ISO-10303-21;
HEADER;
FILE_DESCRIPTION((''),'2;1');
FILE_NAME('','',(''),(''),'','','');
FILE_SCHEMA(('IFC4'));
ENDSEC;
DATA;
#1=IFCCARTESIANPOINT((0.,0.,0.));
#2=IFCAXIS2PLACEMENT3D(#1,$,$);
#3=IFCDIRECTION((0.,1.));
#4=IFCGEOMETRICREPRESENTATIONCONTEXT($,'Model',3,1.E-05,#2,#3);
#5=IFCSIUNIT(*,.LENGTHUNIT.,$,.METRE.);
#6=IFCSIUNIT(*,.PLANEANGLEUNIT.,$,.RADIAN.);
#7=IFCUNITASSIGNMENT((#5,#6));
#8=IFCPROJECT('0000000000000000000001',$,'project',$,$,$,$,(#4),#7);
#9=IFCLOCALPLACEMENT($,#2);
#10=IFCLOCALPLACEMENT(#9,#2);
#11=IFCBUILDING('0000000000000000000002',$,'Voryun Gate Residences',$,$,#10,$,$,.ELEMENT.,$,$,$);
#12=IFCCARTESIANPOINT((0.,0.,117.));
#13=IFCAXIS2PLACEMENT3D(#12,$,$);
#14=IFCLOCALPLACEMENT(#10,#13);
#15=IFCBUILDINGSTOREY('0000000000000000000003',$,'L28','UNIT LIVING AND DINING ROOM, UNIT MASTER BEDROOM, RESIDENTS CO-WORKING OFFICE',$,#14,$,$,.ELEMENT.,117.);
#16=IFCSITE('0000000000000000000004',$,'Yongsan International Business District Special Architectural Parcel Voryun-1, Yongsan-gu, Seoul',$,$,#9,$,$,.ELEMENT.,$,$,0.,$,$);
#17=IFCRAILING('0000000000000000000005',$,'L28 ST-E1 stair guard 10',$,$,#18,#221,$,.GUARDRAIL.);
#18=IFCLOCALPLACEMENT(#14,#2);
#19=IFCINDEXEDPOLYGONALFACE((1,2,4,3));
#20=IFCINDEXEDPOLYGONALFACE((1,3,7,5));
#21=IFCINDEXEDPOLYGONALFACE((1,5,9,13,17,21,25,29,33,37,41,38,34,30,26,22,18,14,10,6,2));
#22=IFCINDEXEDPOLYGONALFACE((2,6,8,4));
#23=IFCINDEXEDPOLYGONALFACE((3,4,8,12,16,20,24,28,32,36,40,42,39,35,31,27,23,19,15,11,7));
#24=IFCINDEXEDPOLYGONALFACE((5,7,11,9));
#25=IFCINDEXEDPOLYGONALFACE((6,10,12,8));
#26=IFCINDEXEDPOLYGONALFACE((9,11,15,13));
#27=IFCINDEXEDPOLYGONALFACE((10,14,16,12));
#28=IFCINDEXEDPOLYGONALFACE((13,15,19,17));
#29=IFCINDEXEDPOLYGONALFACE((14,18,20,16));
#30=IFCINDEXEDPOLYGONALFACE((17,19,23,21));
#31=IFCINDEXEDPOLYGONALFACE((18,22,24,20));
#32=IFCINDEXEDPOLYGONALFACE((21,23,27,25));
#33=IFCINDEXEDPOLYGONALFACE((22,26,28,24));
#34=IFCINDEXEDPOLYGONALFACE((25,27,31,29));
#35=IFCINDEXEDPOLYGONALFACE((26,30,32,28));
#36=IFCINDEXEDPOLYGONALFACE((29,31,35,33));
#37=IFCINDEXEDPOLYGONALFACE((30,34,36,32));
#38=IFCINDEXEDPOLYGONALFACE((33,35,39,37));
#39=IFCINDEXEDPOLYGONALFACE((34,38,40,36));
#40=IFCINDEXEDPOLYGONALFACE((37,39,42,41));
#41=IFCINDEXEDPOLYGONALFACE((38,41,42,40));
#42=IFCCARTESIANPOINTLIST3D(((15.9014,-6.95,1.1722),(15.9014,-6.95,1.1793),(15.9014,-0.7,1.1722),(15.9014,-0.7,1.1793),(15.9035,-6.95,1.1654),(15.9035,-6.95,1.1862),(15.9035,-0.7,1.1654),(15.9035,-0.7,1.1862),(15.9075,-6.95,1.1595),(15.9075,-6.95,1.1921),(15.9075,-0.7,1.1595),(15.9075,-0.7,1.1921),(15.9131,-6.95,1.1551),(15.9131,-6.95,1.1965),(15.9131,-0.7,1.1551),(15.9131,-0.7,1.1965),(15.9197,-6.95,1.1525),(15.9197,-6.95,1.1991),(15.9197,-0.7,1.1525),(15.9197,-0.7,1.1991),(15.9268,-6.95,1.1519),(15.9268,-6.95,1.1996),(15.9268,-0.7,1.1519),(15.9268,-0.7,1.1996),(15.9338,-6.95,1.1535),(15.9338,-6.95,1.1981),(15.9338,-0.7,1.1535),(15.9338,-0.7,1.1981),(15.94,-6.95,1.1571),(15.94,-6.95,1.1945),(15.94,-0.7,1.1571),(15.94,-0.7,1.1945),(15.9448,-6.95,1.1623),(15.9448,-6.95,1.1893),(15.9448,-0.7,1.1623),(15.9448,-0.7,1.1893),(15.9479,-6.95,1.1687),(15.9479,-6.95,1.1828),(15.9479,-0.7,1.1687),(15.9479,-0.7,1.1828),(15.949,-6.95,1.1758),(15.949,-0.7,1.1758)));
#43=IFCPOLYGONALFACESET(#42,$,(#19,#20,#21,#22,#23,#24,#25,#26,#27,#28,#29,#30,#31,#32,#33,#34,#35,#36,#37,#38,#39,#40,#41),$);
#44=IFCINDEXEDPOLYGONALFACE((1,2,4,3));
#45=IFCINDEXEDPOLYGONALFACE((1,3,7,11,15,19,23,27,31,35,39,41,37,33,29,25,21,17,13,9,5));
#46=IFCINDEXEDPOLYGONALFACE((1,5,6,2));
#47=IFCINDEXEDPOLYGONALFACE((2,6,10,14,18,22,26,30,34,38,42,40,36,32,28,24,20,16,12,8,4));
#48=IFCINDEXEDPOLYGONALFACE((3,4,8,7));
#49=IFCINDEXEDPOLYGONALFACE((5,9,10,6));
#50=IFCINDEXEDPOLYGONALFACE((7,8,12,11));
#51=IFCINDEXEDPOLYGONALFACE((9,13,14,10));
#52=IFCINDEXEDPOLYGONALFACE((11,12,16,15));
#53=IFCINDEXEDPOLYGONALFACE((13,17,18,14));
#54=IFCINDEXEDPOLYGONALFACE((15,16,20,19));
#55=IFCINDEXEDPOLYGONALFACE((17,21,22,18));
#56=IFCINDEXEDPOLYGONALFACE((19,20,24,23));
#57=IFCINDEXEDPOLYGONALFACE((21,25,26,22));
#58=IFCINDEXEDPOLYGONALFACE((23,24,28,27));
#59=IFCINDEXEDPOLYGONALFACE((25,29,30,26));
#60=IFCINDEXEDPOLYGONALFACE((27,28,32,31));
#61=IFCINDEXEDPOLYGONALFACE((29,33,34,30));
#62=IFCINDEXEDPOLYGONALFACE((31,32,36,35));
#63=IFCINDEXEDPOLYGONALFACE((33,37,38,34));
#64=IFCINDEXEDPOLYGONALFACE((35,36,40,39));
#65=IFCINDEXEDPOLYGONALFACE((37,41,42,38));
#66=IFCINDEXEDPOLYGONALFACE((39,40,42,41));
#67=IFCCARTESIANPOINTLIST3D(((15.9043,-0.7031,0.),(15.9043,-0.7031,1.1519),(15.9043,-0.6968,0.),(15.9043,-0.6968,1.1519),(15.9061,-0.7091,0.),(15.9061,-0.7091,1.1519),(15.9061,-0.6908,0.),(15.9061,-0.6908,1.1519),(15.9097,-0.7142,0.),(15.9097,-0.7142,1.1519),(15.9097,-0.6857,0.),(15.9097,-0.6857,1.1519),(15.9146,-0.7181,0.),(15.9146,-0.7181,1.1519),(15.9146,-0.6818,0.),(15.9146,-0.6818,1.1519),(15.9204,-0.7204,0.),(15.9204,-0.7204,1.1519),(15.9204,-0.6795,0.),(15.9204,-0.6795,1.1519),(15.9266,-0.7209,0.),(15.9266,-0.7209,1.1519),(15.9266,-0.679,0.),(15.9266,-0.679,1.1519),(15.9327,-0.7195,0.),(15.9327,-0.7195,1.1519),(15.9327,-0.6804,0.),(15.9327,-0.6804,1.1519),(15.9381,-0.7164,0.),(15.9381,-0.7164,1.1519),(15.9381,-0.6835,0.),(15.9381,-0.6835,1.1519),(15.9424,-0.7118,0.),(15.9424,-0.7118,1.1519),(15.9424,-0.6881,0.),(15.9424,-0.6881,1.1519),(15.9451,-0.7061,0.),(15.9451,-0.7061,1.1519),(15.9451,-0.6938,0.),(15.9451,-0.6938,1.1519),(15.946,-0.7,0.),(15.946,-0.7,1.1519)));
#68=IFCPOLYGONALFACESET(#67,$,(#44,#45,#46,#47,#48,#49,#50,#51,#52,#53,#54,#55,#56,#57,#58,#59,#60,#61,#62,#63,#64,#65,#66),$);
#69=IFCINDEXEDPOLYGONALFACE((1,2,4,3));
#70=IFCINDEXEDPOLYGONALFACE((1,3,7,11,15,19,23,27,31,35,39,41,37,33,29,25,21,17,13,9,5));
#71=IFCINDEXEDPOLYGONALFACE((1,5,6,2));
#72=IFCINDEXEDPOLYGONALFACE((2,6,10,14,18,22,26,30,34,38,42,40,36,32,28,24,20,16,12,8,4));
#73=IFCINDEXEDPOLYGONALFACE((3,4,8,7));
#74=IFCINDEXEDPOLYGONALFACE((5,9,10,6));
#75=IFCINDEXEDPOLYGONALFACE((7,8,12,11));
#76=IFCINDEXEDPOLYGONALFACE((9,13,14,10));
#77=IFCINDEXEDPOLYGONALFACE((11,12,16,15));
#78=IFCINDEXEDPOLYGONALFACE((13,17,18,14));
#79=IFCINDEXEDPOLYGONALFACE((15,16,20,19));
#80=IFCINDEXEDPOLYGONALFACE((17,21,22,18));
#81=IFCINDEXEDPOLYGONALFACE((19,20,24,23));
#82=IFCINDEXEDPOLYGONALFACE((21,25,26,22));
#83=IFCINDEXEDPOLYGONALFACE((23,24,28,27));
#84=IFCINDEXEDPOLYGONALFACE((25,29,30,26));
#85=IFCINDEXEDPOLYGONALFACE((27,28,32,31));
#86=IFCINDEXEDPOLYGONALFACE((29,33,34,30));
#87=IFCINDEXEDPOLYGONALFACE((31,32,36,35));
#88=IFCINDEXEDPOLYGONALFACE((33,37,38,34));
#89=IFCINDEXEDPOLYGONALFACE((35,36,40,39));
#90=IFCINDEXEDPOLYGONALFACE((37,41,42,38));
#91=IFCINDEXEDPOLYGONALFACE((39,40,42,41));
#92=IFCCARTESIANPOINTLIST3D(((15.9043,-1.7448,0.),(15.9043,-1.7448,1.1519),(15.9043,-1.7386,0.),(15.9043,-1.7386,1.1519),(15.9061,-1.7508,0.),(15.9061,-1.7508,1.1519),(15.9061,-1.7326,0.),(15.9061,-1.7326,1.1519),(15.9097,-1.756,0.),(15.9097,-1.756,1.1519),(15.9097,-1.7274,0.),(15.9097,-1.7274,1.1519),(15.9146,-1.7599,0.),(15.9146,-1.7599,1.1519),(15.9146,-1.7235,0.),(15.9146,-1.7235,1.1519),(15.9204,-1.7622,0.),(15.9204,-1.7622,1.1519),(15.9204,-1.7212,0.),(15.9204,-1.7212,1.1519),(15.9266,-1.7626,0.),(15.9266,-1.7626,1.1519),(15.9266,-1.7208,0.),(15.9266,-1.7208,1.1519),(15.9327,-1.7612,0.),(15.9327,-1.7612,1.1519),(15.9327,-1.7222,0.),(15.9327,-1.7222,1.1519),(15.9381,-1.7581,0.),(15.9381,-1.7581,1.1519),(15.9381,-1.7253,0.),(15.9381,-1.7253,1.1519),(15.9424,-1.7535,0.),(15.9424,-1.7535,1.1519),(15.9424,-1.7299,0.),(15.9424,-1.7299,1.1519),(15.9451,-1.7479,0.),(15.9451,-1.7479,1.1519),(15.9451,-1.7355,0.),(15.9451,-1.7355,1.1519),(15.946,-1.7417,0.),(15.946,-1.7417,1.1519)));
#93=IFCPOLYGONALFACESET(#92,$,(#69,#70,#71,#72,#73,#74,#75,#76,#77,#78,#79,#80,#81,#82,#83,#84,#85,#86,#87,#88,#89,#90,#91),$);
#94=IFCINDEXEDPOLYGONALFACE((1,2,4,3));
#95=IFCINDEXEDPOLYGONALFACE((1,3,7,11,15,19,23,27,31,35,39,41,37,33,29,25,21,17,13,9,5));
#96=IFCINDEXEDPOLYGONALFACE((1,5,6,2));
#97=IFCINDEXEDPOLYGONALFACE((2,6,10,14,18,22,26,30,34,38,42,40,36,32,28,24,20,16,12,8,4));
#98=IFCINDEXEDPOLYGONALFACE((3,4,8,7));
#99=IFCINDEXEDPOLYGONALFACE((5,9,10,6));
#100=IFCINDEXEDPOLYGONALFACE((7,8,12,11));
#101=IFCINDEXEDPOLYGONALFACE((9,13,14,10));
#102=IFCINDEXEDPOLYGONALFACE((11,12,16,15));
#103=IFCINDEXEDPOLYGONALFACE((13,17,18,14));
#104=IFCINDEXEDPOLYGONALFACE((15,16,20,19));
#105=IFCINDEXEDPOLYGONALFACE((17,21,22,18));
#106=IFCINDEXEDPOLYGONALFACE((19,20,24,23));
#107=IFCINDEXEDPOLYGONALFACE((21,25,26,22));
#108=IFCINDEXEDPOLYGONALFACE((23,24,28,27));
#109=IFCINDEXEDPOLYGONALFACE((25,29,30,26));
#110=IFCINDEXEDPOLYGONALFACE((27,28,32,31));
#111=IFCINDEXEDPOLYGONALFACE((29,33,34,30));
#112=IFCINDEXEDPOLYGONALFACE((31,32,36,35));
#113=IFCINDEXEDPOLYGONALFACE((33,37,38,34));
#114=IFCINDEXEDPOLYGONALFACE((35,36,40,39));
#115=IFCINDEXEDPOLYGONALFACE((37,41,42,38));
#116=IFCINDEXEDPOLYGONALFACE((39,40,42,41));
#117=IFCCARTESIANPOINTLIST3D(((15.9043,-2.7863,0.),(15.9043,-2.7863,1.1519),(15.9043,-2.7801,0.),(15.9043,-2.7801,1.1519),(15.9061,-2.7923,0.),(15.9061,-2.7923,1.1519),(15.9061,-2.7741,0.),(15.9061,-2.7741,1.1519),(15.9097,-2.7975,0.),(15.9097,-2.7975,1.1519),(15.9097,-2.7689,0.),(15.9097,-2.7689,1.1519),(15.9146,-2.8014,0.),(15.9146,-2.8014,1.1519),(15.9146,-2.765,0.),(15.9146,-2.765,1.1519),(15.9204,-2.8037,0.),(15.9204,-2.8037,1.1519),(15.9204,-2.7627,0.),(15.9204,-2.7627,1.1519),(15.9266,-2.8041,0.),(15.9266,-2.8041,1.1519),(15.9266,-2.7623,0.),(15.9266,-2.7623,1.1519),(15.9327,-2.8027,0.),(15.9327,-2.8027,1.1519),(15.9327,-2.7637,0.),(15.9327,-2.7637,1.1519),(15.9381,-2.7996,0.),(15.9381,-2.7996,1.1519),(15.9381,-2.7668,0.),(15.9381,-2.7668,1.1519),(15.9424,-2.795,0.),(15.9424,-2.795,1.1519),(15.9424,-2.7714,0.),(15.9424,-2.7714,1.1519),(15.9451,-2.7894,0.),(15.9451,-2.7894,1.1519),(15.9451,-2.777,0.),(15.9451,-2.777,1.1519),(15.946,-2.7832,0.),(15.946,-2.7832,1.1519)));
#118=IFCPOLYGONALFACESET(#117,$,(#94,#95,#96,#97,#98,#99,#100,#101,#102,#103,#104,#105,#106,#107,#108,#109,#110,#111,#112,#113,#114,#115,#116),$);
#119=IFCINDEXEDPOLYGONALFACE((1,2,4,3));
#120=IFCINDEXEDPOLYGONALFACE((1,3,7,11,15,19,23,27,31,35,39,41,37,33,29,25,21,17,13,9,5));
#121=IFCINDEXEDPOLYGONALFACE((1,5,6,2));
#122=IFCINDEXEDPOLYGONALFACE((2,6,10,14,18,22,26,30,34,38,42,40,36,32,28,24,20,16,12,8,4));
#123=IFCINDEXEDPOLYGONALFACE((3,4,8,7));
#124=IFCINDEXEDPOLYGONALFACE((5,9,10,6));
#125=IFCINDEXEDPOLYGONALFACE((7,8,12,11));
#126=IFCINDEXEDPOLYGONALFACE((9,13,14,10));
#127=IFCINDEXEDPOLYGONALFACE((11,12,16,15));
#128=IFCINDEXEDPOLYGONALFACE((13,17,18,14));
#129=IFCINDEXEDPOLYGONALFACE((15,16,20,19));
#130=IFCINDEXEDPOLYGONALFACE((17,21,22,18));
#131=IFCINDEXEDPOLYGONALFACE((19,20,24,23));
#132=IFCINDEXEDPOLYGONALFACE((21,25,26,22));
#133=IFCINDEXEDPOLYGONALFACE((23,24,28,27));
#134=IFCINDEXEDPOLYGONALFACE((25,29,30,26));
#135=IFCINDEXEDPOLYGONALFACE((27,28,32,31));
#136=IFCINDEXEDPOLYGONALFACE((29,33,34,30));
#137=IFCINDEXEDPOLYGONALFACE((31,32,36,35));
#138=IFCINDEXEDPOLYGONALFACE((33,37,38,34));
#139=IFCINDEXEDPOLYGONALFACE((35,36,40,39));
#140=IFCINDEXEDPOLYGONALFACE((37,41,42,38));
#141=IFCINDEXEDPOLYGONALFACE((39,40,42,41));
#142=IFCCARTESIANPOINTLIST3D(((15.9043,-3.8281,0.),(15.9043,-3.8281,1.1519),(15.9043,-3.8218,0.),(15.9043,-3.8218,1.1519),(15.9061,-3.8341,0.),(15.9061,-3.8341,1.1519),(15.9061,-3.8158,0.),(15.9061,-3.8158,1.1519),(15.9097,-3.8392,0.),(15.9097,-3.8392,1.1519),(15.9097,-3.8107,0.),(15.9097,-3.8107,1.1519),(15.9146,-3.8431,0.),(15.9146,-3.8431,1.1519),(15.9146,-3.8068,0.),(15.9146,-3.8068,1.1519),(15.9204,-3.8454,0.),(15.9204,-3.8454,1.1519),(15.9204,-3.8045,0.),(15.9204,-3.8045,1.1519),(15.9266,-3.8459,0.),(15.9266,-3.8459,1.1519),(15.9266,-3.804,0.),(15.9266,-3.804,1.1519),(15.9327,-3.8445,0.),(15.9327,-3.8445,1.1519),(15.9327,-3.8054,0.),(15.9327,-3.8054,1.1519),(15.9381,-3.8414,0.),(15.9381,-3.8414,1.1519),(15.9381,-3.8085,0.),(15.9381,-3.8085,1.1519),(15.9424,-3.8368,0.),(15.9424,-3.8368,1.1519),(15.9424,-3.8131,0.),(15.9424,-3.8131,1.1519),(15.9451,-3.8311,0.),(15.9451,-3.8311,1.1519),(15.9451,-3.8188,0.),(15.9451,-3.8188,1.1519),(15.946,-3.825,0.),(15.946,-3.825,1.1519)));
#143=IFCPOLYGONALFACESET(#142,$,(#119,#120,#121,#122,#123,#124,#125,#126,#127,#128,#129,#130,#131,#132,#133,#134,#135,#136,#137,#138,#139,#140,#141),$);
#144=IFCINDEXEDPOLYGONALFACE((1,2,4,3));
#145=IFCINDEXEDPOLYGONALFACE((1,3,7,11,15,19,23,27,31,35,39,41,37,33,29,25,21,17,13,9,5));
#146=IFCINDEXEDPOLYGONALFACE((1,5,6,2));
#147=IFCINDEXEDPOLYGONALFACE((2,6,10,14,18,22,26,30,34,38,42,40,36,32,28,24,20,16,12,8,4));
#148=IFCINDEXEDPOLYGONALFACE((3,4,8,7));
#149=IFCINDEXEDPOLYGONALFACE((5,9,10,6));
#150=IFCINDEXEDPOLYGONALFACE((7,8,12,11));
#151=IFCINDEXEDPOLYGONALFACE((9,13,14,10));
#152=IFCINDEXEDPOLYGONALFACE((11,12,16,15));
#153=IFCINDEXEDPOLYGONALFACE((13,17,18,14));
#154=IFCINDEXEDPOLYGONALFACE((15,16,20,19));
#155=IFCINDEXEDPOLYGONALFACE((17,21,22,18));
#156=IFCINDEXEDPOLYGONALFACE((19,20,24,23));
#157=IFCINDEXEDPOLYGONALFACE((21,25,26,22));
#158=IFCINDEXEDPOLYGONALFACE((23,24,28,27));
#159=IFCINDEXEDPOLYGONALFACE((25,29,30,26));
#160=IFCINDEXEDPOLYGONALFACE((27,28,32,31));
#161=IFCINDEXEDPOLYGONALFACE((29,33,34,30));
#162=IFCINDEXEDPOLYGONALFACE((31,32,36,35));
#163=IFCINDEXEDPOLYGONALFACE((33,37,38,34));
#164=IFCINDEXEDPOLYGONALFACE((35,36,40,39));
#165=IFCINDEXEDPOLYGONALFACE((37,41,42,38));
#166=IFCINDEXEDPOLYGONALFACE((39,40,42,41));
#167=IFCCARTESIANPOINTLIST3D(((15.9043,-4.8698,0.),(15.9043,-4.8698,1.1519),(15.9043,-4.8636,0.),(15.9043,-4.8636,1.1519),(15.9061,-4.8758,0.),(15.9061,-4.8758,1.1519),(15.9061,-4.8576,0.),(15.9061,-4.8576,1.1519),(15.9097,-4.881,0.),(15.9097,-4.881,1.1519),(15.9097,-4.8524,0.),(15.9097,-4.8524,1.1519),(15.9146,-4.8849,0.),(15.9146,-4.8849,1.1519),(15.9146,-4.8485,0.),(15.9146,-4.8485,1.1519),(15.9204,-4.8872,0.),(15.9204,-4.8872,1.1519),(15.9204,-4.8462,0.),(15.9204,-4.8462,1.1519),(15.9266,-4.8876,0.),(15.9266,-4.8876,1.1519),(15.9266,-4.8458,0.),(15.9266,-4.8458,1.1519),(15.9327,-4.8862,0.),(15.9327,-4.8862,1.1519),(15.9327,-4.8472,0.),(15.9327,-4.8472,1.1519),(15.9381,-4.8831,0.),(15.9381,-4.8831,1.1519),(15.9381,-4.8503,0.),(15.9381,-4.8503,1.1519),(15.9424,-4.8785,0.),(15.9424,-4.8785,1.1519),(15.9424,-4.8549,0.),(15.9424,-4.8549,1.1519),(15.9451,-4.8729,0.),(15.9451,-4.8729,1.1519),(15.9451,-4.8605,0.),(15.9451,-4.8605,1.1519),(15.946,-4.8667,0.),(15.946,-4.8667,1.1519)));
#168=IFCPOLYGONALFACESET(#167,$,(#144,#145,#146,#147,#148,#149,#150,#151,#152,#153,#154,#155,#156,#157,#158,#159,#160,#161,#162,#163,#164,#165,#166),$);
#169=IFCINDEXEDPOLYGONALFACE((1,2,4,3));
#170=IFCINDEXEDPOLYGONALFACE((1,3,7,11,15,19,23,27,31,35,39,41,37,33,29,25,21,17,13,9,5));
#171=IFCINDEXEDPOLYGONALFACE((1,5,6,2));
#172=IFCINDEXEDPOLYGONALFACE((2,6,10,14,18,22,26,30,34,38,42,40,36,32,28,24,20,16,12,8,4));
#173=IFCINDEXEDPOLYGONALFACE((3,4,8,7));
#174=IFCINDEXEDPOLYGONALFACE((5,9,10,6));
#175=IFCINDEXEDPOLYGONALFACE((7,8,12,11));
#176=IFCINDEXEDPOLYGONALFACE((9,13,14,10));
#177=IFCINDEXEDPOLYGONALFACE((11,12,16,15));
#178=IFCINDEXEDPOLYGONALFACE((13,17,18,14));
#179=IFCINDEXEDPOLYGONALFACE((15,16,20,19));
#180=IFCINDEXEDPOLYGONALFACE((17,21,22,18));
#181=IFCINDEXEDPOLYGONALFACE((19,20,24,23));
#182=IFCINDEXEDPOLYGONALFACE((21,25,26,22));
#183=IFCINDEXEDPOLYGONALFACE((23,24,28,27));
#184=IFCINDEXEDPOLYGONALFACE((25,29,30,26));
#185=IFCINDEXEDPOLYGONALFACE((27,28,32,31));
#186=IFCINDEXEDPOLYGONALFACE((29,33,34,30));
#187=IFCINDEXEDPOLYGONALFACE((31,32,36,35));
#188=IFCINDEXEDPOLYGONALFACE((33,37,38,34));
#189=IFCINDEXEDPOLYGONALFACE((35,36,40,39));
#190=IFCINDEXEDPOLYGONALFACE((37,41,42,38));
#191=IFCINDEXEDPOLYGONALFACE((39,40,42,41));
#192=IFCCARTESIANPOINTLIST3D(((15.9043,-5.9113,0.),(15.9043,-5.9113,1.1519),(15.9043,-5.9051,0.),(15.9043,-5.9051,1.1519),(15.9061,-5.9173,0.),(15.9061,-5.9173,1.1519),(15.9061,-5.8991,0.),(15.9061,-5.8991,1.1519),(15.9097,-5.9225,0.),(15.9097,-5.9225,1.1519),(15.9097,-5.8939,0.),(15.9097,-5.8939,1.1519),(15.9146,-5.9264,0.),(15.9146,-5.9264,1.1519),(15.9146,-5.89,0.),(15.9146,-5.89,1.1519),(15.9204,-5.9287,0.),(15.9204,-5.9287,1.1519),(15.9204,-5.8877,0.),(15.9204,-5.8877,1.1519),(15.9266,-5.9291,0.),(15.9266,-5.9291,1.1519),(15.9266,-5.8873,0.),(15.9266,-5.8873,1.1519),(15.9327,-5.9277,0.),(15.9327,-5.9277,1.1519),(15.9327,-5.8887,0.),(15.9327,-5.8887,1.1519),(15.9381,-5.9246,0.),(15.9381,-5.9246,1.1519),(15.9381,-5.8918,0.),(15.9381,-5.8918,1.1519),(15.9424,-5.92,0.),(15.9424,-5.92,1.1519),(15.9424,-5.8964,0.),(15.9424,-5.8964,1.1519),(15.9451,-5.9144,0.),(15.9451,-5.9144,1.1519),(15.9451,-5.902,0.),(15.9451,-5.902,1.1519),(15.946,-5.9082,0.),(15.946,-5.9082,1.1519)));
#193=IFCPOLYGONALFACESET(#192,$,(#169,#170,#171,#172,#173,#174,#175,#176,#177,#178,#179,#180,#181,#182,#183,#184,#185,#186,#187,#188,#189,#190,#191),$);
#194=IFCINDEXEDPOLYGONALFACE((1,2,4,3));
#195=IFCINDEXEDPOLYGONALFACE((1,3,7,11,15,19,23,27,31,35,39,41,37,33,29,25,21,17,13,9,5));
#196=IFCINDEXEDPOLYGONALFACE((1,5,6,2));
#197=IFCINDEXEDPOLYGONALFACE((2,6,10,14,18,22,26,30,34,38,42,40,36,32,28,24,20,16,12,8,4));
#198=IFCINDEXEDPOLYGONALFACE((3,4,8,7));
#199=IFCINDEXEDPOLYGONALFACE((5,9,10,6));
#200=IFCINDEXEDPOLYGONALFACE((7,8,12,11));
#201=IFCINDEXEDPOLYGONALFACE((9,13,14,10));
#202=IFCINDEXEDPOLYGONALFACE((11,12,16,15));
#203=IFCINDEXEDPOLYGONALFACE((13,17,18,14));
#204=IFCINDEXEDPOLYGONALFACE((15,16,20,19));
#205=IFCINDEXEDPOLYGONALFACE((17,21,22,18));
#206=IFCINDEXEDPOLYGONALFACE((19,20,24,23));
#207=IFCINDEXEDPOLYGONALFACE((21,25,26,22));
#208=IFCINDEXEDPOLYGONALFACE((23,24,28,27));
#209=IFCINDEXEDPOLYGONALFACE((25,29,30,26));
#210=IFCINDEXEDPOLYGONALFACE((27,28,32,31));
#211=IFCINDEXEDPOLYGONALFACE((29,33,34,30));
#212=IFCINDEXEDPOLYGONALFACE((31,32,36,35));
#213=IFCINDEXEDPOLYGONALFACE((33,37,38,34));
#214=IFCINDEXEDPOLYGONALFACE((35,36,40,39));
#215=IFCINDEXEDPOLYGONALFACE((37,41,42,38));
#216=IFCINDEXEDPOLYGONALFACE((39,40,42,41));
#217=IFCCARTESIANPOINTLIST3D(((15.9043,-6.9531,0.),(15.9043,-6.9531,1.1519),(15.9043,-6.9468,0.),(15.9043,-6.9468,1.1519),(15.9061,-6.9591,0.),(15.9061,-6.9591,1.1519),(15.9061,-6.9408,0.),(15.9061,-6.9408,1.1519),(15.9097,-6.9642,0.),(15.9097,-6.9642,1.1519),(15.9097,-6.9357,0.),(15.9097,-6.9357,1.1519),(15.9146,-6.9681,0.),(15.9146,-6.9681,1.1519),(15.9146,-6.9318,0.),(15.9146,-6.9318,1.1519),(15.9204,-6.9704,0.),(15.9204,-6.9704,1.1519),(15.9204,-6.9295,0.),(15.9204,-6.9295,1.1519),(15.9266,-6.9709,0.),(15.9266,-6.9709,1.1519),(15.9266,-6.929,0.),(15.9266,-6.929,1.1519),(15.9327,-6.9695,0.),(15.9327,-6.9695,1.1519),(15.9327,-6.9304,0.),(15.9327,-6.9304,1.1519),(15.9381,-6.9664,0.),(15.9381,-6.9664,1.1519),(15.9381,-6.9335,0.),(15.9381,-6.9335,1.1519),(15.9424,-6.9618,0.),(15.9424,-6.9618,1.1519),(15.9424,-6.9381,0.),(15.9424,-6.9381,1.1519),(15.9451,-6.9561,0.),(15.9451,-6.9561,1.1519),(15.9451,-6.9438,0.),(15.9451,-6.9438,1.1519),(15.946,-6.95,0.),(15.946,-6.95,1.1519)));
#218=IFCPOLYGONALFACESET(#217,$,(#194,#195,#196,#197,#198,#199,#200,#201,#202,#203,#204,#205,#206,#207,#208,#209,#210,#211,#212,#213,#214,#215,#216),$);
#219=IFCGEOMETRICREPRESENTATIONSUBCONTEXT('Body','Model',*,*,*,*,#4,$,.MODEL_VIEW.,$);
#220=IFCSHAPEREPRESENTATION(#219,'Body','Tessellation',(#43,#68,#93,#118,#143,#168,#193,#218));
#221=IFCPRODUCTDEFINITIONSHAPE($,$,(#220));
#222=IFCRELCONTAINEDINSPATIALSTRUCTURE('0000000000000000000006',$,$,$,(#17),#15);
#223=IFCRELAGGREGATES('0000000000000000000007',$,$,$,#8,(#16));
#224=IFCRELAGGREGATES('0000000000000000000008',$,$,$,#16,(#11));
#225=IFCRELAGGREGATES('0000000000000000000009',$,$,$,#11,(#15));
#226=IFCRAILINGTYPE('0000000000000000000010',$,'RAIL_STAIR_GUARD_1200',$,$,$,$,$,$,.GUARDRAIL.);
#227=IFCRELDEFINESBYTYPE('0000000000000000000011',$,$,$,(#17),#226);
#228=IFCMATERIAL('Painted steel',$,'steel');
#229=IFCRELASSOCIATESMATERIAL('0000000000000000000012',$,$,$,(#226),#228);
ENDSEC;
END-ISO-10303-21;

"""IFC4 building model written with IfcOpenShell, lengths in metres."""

from ifc_helpers import new_model, si_unit, direction, frame, origin, origin_2d, place, context, subcontext, project, spatial, circle, extrude, material, type_object, element, save


model = new_model("IFC4")

# Units and contexts
model_context = context("Model", 3, precision=1e-05, world=origin(), true_north=direction((0.0, 1.0)))
body_context = subcontext(model_context, "Body", "Model", "MODEL_VIEW")
ifc_project = project(units=[si_unit("LENGTHUNIT", "METRE"), si_unit("PLANEANGLEUNIT", "RADIAN")], contexts=[model_context])

# Site, building, storey
site_placement = place(None, origin())
site = spatial("IfcSite", under=ifc_project, at=site_placement, Name="Yongsan International Business District Special Architectural Parcel Voryun-1, Yongsan-gu, Seoul", CompositionType="ELEMENT", RefElevation=0.0)
building_placement = place(site_placement, origin())
building = spatial("IfcBuilding", under=site, at=building_placement, Name="Voryun Gate Residences", CompositionType="ELEMENT")
storey_placement = place(building_placement, frame((0.0, 0.0, 117.0)))
storey = spatial("IfcBuildingStorey", under=building, at=storey_placement, Name="L28", Description="UNIT LIVING AND DINING ROOM, UNIT MASTER BEDROOM, RESIDENTS CO-WORKING OFFICE", CompositionType="ELEMENT", Elevation=117.0)

# Railing
ifc_material_1 = material(Name="Painted steel", Category="steel")
railing_type = type_object("IfcRailingType", Name="RAIL_STAIR_GUARD_1200", PredefinedType="GUARDRAIL", material=ifc_material_1)
railing_1_placement = place(storey_placement, frame((15.925, -0.7, 0.0)))
element("IfcRailing", 1, at=railing_1_placement, inside=storey, type_object=railing_type, Name="L28 ST-E1 stair guard 10", PredefinedType="GUARDRAIL", context=body_context, shape_type="SweptSolid", body=[
    extrude(circle(Radius=0.0239, at=origin_2d()), frame((0.0, 0.0, 1.1758), z_axis=(0.0, -1.0, 0.0), x_axis=(1.0, 0.0, 0.0)), (0.0, 0.0, 1.0), 6.25),
    extrude(circle(Radius=0.021, at=origin_2d()), origin(), (0.0, 0.0, 1.0), 1.1519),
    extrude(circle(Radius=0.021, at=origin_2d()), frame((0.0, -1.0417, 0.0)), (0.0, 0.0, 1.0), 1.1519),
    extrude(circle(Radius=0.021, at=origin_2d()), frame((0.0, -2.0833, 0.0)), (0.0, 0.0, 1.0), 1.1519),
    extrude(circle(Radius=0.021, at=origin_2d()), frame((0.0, -3.125, 0.0)), (0.0, 0.0, 1.0), 1.1519),
    extrude(circle(Radius=0.021, at=origin_2d()), frame((0.0, -4.1667, 0.0)), (0.0, 0.0, 1.0), 1.1519),
    extrude(circle(Radius=0.021, at=origin_2d()), frame((0.0, -5.2083, 0.0)), (0.0, 0.0, 1.0), 1.1519),
    extrude(circle(Radius=0.021, at=origin_2d()), frame((0.0, -6.25, 0.0)), (0.0, 0.0, 1.0), 1.1519),
])

save(model, "model.ifc")
